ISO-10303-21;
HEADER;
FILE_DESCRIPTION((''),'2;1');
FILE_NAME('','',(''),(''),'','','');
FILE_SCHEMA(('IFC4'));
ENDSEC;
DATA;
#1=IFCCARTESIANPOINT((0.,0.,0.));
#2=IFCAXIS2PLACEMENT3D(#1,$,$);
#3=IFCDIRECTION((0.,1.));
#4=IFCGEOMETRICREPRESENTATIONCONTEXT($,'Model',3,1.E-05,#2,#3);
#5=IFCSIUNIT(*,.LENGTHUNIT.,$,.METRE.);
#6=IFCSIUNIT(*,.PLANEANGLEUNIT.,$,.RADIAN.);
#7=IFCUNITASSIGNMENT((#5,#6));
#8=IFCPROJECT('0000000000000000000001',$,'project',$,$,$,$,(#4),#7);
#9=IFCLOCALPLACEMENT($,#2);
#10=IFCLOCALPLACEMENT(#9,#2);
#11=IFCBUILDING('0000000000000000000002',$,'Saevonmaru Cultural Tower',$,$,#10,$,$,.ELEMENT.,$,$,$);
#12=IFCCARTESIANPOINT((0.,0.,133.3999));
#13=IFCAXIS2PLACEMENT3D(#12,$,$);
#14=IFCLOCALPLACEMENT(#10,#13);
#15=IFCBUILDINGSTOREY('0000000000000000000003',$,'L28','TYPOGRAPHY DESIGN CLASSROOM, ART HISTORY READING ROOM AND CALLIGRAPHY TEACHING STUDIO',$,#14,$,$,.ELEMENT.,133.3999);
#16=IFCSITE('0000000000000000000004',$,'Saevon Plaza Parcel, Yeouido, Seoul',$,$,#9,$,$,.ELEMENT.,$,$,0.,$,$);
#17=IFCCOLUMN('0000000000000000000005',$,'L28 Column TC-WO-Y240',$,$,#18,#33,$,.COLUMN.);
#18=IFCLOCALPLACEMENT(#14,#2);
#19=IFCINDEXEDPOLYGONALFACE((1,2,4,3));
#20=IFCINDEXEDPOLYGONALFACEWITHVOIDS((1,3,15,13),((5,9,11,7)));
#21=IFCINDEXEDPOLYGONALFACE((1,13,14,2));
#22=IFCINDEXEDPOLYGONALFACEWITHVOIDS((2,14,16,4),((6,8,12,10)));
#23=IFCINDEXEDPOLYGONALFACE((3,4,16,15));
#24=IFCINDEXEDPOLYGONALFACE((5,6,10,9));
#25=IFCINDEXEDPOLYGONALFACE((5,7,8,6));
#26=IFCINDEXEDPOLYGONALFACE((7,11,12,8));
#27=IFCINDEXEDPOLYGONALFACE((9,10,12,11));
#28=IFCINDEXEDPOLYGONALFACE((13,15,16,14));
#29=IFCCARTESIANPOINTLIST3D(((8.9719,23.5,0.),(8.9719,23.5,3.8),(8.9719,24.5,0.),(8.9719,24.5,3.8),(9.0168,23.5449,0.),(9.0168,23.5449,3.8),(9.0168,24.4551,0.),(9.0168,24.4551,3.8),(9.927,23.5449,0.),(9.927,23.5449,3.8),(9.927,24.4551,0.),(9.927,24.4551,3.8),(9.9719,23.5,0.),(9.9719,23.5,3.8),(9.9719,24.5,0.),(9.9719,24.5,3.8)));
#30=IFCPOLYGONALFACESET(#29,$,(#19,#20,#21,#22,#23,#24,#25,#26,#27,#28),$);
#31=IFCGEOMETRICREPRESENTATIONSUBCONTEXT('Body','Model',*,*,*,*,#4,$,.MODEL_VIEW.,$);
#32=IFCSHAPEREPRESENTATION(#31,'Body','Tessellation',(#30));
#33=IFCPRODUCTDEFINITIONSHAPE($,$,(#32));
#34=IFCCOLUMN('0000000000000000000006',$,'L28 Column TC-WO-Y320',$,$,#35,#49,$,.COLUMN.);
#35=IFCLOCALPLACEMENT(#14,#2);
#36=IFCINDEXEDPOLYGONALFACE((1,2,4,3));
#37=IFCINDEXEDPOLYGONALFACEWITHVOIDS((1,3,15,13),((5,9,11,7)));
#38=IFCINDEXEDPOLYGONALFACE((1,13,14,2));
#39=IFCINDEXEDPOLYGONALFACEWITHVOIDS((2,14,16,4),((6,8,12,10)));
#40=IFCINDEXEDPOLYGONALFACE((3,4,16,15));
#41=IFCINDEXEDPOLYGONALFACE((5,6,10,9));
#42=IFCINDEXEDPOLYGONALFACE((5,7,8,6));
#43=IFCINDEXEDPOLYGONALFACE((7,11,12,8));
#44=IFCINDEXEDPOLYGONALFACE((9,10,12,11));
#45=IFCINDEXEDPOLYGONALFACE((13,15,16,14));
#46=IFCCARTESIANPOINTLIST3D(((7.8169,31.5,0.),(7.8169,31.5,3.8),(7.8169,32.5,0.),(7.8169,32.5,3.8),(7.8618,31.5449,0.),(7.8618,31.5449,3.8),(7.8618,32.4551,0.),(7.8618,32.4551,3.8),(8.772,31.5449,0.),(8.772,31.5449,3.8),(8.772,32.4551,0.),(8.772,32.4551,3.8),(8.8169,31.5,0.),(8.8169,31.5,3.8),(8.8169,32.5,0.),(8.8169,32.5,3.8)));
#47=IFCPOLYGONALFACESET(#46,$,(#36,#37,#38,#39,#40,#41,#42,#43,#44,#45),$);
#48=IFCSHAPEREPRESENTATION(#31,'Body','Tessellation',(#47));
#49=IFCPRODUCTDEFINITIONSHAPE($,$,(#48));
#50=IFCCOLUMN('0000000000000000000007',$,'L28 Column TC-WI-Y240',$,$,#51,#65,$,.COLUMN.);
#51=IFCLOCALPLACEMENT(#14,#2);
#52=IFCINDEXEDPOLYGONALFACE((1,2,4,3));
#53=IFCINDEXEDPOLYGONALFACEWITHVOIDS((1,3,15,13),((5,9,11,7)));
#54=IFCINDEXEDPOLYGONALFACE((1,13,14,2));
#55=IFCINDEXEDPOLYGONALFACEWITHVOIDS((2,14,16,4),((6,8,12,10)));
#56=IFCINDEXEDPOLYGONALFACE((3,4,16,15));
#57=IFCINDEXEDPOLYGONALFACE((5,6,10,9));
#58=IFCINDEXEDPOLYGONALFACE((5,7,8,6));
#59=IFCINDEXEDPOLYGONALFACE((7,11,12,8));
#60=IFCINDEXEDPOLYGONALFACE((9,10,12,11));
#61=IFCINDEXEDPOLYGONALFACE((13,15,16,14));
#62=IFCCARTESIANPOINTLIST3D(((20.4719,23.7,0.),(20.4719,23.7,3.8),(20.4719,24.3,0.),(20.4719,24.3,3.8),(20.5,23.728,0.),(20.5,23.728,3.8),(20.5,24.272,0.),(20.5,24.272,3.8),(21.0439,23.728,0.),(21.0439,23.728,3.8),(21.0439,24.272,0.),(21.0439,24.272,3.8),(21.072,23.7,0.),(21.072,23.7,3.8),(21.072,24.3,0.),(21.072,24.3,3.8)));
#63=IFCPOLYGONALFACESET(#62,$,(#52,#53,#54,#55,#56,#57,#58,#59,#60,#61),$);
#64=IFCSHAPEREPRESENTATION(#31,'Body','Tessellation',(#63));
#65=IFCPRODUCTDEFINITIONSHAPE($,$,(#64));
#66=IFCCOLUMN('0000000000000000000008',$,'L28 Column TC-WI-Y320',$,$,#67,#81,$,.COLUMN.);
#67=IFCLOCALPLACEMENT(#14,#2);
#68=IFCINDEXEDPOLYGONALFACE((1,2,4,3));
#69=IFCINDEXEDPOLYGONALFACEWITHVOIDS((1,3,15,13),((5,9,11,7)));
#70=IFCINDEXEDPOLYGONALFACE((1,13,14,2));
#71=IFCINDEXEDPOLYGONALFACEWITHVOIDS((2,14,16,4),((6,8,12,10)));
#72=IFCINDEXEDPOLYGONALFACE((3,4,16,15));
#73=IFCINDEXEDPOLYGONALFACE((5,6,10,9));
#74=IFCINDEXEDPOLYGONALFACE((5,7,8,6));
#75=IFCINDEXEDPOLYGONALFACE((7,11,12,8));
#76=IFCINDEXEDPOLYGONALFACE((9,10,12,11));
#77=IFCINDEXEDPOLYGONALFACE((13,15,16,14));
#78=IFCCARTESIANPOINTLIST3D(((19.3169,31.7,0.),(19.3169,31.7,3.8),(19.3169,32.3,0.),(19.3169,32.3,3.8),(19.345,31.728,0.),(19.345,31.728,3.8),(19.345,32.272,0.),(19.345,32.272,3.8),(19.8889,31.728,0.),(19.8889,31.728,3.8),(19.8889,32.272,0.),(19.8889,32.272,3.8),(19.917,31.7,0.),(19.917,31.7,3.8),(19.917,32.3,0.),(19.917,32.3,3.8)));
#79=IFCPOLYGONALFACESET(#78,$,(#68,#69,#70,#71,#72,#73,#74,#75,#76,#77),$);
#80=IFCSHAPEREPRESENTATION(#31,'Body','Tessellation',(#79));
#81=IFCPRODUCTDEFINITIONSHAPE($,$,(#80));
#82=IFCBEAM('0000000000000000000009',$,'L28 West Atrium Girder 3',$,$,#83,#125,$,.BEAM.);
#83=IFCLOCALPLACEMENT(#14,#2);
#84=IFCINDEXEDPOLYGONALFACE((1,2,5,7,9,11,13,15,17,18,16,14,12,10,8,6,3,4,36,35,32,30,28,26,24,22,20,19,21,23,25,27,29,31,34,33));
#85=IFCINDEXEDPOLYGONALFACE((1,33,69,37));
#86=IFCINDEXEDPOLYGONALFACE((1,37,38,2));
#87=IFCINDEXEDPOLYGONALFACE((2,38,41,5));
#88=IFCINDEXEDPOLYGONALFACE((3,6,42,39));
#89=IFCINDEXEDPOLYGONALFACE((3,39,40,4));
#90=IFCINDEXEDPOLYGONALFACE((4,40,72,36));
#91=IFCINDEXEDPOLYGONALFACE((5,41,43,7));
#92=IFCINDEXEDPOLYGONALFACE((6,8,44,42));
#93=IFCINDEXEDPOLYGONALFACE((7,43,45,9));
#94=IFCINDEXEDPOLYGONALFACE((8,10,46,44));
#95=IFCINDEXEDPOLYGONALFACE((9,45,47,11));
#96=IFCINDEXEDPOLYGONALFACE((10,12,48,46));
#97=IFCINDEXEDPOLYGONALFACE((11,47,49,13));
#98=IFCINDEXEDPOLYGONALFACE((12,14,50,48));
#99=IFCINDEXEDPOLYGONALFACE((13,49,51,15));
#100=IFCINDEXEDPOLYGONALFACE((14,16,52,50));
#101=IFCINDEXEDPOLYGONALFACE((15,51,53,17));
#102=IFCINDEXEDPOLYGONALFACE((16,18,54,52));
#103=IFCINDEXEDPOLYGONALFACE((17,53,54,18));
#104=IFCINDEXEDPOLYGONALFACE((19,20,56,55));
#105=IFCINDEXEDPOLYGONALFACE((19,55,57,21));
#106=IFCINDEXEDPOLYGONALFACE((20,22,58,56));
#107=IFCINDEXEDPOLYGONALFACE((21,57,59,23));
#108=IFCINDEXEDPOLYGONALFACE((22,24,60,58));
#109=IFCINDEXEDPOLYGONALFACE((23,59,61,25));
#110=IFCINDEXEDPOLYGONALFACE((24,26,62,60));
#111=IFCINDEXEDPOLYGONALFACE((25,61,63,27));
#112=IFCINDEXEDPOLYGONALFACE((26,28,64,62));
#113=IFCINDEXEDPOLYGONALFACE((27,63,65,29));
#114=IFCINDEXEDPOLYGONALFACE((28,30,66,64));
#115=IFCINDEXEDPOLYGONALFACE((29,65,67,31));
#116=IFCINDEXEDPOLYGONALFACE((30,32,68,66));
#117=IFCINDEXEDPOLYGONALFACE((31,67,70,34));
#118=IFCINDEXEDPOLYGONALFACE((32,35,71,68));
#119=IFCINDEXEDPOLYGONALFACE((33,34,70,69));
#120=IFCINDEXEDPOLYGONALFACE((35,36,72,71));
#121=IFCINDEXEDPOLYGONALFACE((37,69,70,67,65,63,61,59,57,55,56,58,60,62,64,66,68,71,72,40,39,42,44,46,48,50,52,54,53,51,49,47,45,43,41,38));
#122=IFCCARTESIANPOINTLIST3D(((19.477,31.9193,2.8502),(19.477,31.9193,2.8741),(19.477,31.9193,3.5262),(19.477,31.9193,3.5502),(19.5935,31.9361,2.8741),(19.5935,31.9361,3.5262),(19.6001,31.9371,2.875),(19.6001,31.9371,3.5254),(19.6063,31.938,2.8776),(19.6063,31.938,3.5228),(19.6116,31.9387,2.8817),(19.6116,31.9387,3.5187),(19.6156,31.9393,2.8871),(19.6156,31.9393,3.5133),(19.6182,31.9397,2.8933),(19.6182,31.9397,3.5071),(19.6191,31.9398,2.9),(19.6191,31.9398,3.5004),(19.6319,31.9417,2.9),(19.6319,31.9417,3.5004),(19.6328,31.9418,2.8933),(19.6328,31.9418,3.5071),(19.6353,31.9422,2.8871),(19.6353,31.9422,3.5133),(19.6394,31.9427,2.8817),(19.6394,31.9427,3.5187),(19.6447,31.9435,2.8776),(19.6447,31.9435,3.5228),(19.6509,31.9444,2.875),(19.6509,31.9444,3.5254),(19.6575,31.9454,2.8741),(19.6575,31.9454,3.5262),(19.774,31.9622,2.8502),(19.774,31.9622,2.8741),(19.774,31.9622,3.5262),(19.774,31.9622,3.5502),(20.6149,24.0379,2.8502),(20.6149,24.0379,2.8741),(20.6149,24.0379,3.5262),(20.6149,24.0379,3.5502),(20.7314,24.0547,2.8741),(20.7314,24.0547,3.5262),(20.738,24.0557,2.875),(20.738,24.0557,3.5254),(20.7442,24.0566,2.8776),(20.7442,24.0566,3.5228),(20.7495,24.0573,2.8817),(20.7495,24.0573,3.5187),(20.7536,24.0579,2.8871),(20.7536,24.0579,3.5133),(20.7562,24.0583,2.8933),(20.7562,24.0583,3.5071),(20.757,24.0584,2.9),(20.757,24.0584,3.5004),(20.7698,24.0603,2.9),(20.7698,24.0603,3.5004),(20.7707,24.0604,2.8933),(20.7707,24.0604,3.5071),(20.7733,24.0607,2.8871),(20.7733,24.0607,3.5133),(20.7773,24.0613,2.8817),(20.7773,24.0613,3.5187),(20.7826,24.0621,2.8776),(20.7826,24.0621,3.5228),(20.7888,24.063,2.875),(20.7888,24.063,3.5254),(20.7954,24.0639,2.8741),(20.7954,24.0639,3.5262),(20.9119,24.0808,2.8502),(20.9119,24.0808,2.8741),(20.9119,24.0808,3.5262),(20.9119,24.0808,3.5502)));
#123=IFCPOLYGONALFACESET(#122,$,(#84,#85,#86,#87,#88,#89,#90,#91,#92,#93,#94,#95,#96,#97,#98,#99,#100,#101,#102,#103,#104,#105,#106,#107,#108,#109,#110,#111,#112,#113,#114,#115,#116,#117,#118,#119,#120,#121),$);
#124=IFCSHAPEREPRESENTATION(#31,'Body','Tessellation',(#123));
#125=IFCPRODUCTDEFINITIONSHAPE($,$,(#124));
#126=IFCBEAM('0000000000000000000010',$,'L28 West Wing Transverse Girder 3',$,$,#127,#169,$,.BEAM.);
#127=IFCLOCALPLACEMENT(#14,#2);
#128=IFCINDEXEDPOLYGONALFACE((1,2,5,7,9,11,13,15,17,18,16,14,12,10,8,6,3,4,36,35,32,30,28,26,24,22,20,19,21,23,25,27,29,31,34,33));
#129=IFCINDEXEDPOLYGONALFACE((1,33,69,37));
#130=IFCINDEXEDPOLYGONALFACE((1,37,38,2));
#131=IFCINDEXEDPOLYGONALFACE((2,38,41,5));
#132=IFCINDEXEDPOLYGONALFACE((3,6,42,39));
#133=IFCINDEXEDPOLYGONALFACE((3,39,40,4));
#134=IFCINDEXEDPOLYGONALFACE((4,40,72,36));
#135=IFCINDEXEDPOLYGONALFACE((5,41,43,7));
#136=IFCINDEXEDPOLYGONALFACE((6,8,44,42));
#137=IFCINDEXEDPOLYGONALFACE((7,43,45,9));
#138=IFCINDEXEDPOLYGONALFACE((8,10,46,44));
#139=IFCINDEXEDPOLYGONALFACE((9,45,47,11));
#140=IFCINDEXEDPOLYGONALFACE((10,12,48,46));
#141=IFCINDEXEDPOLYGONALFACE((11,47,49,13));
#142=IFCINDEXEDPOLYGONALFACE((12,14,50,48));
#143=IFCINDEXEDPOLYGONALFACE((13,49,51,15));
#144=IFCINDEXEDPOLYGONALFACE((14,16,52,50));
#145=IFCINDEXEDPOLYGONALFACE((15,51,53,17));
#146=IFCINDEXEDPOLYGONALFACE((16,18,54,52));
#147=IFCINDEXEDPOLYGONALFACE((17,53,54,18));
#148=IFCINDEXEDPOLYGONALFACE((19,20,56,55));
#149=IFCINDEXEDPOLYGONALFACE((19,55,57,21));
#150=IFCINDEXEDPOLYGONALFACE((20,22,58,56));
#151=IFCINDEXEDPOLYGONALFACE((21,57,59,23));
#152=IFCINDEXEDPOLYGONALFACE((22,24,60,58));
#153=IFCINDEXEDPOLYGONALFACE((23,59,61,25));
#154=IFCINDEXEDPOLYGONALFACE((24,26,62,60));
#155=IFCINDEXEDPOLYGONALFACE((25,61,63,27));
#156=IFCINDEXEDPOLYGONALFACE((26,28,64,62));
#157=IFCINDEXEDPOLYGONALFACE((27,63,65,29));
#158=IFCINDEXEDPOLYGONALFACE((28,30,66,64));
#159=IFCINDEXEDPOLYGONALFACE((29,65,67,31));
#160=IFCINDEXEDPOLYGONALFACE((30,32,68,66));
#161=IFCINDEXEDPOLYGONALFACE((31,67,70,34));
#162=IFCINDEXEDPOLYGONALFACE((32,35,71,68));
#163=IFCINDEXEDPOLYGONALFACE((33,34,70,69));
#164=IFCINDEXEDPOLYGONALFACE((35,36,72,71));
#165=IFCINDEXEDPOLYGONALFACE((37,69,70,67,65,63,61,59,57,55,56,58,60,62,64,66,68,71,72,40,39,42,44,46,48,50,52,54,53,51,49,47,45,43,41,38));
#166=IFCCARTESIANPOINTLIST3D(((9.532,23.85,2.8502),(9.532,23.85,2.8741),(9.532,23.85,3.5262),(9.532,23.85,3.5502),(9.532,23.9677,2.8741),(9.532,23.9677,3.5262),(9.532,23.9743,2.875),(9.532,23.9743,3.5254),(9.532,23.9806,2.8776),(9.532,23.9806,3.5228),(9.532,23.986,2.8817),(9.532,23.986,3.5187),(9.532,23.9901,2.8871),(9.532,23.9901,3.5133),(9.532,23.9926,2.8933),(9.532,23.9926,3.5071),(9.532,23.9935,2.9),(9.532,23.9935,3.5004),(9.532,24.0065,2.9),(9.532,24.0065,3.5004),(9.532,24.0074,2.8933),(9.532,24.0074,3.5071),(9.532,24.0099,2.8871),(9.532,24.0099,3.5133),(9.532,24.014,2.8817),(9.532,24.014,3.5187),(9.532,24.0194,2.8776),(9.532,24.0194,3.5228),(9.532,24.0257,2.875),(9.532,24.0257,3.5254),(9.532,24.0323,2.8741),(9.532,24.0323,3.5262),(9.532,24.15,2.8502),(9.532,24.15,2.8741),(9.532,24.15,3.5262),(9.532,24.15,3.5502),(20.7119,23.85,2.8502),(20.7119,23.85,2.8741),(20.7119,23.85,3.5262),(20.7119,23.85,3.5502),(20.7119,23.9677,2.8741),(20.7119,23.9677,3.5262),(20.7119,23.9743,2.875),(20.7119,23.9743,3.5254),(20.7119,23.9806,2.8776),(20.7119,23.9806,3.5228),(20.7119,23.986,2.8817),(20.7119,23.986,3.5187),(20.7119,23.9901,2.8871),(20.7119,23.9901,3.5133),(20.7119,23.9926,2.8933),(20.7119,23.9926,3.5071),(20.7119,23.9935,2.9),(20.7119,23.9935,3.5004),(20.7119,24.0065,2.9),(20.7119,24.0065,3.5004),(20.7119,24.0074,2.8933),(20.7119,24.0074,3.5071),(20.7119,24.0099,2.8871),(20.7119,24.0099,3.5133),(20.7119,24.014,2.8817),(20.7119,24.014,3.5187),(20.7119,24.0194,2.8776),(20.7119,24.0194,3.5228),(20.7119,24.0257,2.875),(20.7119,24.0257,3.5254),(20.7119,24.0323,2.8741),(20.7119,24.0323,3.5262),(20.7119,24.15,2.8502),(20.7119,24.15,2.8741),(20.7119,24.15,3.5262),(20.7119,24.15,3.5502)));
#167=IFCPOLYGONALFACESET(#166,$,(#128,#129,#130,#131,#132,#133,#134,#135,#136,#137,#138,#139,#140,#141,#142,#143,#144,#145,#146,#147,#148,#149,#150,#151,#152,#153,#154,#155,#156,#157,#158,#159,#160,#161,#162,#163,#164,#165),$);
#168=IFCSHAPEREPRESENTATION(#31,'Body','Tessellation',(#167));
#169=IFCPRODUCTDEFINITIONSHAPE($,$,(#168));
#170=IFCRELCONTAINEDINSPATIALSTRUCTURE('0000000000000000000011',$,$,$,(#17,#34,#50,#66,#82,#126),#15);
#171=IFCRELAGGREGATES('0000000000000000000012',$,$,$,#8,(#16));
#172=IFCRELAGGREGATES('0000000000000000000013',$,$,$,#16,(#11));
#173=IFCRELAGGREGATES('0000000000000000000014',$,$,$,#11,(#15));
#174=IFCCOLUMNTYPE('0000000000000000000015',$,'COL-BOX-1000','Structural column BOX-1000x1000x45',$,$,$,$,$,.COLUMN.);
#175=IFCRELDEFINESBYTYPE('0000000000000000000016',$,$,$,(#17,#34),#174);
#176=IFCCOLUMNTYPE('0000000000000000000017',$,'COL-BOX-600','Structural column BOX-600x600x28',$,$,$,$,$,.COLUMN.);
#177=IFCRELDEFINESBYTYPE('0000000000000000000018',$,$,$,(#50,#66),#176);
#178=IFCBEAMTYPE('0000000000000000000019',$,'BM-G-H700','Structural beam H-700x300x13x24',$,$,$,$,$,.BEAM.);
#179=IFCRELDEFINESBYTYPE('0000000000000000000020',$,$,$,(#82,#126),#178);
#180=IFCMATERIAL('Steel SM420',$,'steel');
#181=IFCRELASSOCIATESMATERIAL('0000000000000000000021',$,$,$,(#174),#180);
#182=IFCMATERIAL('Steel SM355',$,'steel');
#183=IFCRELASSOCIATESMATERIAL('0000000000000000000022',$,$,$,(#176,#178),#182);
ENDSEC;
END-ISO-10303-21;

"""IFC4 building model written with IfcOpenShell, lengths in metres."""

from ifc_helpers import new_model, si_unit, direction, frame, origin, origin_2d, place, context, subcontext, project, spatial, hollow_rectangle, i_section, extrude, material, material_profile, profile_set, type_object, element, save


model = new_model("IFC4")

# Units and contexts
model_context = context("Model", 3, precision=1e-05, world=origin(), true_north=direction((0.0, 1.0)))
body_context = subcontext(model_context, "Body", "Model", "MODEL_VIEW")
ifc_project = project(units=[si_unit("LENGTHUNIT", "METRE"), si_unit("PLANEANGLEUNIT", "RADIAN")], contexts=[model_context])

# Site, building, storey
site_placement = place(None, origin())
site = spatial("IfcSite", under=ifc_project, at=site_placement, Name="Saevon Plaza Parcel, Yeouido, Seoul", CompositionType="ELEMENT", RefElevation=0.0)
building_placement = place(site_placement, origin())
building = spatial("IfcBuilding", under=site, at=building_placement, Name="Saevonmaru Cultural Tower", CompositionType="ELEMENT")
storey_placement = place(building_placement, frame((0.0, 0.0, 133.3999)))
storey = spatial("IfcBuildingStorey", under=building, at=storey_placement, Name="L28", Description="TYPOGRAPHY DESIGN CLASSROOM, ART HISTORY READING ROOM AND CALLIGRAPHY TEACHING STUDIO", CompositionType="ELEMENT", Elevation=133.3999)

# Columns
ifc_material_1 = material(Name="Steel SM420", Category="steel")
ifc_material_profile_1 = material_profile(ifc_material_1, hollow_rectangle(XDim=1.0, YDim=1.0, WallThickness=0.0449, at=origin_2d()), Name="BOX-1000x1000x45")
ifc_profile_set_1 = profile_set([ifc_material_profile_1], Name="Steel SM420")
column_type_1 = type_object("IfcColumnType", Name="COL-BOX-1000", Description="Structural column BOX-1000x1000x45", PredefinedType="COLUMN", material=ifc_profile_set_1)
for number, where, z_axis, x_axis, name in (
    (1, (9.4719, 24.0, 0.0), (0.0, 0.0, 1.0), (1.0, 0.0, 0.0), "L28 Column TC-WO-Y240"),
    (2, (8.3169, 32.0, 0.0), (0.0, 0.0, 1.0), (1.0, 0.0, 0.0), "L28 Column TC-WO-Y320"),
):
    element("IfcColumn", number, at=place(storey_placement, frame(where, z_axis=z_axis, x_axis=x_axis)), inside=storey, type_object=column_type_1, Name=name, PredefinedType="COLUMN", context=body_context, shape_type="SweptSolid", body=[
        extrude(hollow_rectangle(XDim=1.0, YDim=1.0, WallThickness=0.0449, at=origin_2d()), origin(), (0.0, 0.0, 1.0), 3.8),
    ])
ifc_material_2 = material(Name="Steel SM355", Category="steel")
ifc_material_profile_2 = material_profile(ifc_material_2, hollow_rectangle(XDim=0.6001, YDim=0.6001, WallThickness=0.0281, at=origin_2d()), Name="BOX-600x600x28")
ifc_profile_set_2 = profile_set([ifc_material_profile_2], Name="Steel SM355")
column_type_2 = type_object("IfcColumnType", Name="COL-BOX-600", Description="Structural column BOX-600x600x28", PredefinedType="COLUMN", material=ifc_profile_set_2)
for number, where, z_axis, x_axis, name in (
    (3, (20.772, 24.0, 0.0), (0.0, 0.0, 1.0), (1.0, 0.0, 0.0), "L28 Column TC-WI-Y240"),
    (4, (19.6169, 32.0, 0.0), (0.0, 0.0, 1.0), (1.0, 0.0, 0.0), "L28 Column TC-WI-Y320"),
):
    element("IfcColumn", number, at=place(storey_placement, frame(where, z_axis=z_axis, x_axis=x_axis)), inside=storey, type_object=column_type_2, Name=name, PredefinedType="COLUMN", context=body_context, shape_type="SweptSolid", body=[
        extrude(hollow_rectangle(XDim=0.6001, YDim=0.6001, WallThickness=0.0281, at=origin_2d()), origin(), (0.0, 0.0, 1.0), 3.8),
    ])

# Beams
ifc_material_profile_3 = material_profile(ifc_material_2, i_section(OverallWidth=0.3, OverallDepth=0.7, WebThickness=0.0129, FlangeThickness=0.0239, FilletRadius=0.0259, at=origin_2d()), Name="H-700x300x13x24")
ifc_profile_set_3 = profile_set([ifc_material_profile_3], Name="Steel SM355")
beam_type_1 = type_object("IfcBeamType", Name="BM-G-H700", Description="Structural beam H-700x300x13x24", PredefinedType="BEAM", material=ifc_profile_set_3)
beam_1_placement = place(storey_placement, frame((20.7634, 24.0593, 3.2002), z_axis=(-0.142902, 0.989737, 0.0), x_axis=(-0.989737, -0.142902, 0.0)))
element("IfcBeam", 5, at=beam_1_placement, inside=storey, type_object=beam_type_1, Name="L28 West Atrium Girder 3", PredefinedType="BEAM", context=body_context, shape_type="SweptSolid", body=[
    extrude(i_section(OverallWidth=0.3, OverallDepth=0.7, WebThickness=0.0129, FlangeThickness=0.0239, FilletRadius=0.0259, at=origin_2d()), origin(), (0.0, 0.0, 1.0), 7.9631),
])
for number, where, z_axis, x_axis, name in (
    (6, (9.532, 24.0, 3.2002), (1.0, 0.0, 0.0), (0.0, 1.0, 0.0), "L28 West Wing Transverse Girder 3"),
):
    element("IfcBeam", number, at=place(storey_placement, frame(where, z_axis=z_axis, x_axis=x_axis)), inside=storey, type_object=beam_type_1, Name=name, PredefinedType="BEAM", context=body_context, shape_type="SweptSolid", body=[
        extrude(i_section(OverallWidth=0.3, OverallDepth=0.7, WebThickness=0.0129, FlangeThickness=0.0239, FilletRadius=0.0259, at=origin_2d()), origin(), (0.0, 0.0, 1.0), 11.1799),
    ])

save(model, "model.ifc")
